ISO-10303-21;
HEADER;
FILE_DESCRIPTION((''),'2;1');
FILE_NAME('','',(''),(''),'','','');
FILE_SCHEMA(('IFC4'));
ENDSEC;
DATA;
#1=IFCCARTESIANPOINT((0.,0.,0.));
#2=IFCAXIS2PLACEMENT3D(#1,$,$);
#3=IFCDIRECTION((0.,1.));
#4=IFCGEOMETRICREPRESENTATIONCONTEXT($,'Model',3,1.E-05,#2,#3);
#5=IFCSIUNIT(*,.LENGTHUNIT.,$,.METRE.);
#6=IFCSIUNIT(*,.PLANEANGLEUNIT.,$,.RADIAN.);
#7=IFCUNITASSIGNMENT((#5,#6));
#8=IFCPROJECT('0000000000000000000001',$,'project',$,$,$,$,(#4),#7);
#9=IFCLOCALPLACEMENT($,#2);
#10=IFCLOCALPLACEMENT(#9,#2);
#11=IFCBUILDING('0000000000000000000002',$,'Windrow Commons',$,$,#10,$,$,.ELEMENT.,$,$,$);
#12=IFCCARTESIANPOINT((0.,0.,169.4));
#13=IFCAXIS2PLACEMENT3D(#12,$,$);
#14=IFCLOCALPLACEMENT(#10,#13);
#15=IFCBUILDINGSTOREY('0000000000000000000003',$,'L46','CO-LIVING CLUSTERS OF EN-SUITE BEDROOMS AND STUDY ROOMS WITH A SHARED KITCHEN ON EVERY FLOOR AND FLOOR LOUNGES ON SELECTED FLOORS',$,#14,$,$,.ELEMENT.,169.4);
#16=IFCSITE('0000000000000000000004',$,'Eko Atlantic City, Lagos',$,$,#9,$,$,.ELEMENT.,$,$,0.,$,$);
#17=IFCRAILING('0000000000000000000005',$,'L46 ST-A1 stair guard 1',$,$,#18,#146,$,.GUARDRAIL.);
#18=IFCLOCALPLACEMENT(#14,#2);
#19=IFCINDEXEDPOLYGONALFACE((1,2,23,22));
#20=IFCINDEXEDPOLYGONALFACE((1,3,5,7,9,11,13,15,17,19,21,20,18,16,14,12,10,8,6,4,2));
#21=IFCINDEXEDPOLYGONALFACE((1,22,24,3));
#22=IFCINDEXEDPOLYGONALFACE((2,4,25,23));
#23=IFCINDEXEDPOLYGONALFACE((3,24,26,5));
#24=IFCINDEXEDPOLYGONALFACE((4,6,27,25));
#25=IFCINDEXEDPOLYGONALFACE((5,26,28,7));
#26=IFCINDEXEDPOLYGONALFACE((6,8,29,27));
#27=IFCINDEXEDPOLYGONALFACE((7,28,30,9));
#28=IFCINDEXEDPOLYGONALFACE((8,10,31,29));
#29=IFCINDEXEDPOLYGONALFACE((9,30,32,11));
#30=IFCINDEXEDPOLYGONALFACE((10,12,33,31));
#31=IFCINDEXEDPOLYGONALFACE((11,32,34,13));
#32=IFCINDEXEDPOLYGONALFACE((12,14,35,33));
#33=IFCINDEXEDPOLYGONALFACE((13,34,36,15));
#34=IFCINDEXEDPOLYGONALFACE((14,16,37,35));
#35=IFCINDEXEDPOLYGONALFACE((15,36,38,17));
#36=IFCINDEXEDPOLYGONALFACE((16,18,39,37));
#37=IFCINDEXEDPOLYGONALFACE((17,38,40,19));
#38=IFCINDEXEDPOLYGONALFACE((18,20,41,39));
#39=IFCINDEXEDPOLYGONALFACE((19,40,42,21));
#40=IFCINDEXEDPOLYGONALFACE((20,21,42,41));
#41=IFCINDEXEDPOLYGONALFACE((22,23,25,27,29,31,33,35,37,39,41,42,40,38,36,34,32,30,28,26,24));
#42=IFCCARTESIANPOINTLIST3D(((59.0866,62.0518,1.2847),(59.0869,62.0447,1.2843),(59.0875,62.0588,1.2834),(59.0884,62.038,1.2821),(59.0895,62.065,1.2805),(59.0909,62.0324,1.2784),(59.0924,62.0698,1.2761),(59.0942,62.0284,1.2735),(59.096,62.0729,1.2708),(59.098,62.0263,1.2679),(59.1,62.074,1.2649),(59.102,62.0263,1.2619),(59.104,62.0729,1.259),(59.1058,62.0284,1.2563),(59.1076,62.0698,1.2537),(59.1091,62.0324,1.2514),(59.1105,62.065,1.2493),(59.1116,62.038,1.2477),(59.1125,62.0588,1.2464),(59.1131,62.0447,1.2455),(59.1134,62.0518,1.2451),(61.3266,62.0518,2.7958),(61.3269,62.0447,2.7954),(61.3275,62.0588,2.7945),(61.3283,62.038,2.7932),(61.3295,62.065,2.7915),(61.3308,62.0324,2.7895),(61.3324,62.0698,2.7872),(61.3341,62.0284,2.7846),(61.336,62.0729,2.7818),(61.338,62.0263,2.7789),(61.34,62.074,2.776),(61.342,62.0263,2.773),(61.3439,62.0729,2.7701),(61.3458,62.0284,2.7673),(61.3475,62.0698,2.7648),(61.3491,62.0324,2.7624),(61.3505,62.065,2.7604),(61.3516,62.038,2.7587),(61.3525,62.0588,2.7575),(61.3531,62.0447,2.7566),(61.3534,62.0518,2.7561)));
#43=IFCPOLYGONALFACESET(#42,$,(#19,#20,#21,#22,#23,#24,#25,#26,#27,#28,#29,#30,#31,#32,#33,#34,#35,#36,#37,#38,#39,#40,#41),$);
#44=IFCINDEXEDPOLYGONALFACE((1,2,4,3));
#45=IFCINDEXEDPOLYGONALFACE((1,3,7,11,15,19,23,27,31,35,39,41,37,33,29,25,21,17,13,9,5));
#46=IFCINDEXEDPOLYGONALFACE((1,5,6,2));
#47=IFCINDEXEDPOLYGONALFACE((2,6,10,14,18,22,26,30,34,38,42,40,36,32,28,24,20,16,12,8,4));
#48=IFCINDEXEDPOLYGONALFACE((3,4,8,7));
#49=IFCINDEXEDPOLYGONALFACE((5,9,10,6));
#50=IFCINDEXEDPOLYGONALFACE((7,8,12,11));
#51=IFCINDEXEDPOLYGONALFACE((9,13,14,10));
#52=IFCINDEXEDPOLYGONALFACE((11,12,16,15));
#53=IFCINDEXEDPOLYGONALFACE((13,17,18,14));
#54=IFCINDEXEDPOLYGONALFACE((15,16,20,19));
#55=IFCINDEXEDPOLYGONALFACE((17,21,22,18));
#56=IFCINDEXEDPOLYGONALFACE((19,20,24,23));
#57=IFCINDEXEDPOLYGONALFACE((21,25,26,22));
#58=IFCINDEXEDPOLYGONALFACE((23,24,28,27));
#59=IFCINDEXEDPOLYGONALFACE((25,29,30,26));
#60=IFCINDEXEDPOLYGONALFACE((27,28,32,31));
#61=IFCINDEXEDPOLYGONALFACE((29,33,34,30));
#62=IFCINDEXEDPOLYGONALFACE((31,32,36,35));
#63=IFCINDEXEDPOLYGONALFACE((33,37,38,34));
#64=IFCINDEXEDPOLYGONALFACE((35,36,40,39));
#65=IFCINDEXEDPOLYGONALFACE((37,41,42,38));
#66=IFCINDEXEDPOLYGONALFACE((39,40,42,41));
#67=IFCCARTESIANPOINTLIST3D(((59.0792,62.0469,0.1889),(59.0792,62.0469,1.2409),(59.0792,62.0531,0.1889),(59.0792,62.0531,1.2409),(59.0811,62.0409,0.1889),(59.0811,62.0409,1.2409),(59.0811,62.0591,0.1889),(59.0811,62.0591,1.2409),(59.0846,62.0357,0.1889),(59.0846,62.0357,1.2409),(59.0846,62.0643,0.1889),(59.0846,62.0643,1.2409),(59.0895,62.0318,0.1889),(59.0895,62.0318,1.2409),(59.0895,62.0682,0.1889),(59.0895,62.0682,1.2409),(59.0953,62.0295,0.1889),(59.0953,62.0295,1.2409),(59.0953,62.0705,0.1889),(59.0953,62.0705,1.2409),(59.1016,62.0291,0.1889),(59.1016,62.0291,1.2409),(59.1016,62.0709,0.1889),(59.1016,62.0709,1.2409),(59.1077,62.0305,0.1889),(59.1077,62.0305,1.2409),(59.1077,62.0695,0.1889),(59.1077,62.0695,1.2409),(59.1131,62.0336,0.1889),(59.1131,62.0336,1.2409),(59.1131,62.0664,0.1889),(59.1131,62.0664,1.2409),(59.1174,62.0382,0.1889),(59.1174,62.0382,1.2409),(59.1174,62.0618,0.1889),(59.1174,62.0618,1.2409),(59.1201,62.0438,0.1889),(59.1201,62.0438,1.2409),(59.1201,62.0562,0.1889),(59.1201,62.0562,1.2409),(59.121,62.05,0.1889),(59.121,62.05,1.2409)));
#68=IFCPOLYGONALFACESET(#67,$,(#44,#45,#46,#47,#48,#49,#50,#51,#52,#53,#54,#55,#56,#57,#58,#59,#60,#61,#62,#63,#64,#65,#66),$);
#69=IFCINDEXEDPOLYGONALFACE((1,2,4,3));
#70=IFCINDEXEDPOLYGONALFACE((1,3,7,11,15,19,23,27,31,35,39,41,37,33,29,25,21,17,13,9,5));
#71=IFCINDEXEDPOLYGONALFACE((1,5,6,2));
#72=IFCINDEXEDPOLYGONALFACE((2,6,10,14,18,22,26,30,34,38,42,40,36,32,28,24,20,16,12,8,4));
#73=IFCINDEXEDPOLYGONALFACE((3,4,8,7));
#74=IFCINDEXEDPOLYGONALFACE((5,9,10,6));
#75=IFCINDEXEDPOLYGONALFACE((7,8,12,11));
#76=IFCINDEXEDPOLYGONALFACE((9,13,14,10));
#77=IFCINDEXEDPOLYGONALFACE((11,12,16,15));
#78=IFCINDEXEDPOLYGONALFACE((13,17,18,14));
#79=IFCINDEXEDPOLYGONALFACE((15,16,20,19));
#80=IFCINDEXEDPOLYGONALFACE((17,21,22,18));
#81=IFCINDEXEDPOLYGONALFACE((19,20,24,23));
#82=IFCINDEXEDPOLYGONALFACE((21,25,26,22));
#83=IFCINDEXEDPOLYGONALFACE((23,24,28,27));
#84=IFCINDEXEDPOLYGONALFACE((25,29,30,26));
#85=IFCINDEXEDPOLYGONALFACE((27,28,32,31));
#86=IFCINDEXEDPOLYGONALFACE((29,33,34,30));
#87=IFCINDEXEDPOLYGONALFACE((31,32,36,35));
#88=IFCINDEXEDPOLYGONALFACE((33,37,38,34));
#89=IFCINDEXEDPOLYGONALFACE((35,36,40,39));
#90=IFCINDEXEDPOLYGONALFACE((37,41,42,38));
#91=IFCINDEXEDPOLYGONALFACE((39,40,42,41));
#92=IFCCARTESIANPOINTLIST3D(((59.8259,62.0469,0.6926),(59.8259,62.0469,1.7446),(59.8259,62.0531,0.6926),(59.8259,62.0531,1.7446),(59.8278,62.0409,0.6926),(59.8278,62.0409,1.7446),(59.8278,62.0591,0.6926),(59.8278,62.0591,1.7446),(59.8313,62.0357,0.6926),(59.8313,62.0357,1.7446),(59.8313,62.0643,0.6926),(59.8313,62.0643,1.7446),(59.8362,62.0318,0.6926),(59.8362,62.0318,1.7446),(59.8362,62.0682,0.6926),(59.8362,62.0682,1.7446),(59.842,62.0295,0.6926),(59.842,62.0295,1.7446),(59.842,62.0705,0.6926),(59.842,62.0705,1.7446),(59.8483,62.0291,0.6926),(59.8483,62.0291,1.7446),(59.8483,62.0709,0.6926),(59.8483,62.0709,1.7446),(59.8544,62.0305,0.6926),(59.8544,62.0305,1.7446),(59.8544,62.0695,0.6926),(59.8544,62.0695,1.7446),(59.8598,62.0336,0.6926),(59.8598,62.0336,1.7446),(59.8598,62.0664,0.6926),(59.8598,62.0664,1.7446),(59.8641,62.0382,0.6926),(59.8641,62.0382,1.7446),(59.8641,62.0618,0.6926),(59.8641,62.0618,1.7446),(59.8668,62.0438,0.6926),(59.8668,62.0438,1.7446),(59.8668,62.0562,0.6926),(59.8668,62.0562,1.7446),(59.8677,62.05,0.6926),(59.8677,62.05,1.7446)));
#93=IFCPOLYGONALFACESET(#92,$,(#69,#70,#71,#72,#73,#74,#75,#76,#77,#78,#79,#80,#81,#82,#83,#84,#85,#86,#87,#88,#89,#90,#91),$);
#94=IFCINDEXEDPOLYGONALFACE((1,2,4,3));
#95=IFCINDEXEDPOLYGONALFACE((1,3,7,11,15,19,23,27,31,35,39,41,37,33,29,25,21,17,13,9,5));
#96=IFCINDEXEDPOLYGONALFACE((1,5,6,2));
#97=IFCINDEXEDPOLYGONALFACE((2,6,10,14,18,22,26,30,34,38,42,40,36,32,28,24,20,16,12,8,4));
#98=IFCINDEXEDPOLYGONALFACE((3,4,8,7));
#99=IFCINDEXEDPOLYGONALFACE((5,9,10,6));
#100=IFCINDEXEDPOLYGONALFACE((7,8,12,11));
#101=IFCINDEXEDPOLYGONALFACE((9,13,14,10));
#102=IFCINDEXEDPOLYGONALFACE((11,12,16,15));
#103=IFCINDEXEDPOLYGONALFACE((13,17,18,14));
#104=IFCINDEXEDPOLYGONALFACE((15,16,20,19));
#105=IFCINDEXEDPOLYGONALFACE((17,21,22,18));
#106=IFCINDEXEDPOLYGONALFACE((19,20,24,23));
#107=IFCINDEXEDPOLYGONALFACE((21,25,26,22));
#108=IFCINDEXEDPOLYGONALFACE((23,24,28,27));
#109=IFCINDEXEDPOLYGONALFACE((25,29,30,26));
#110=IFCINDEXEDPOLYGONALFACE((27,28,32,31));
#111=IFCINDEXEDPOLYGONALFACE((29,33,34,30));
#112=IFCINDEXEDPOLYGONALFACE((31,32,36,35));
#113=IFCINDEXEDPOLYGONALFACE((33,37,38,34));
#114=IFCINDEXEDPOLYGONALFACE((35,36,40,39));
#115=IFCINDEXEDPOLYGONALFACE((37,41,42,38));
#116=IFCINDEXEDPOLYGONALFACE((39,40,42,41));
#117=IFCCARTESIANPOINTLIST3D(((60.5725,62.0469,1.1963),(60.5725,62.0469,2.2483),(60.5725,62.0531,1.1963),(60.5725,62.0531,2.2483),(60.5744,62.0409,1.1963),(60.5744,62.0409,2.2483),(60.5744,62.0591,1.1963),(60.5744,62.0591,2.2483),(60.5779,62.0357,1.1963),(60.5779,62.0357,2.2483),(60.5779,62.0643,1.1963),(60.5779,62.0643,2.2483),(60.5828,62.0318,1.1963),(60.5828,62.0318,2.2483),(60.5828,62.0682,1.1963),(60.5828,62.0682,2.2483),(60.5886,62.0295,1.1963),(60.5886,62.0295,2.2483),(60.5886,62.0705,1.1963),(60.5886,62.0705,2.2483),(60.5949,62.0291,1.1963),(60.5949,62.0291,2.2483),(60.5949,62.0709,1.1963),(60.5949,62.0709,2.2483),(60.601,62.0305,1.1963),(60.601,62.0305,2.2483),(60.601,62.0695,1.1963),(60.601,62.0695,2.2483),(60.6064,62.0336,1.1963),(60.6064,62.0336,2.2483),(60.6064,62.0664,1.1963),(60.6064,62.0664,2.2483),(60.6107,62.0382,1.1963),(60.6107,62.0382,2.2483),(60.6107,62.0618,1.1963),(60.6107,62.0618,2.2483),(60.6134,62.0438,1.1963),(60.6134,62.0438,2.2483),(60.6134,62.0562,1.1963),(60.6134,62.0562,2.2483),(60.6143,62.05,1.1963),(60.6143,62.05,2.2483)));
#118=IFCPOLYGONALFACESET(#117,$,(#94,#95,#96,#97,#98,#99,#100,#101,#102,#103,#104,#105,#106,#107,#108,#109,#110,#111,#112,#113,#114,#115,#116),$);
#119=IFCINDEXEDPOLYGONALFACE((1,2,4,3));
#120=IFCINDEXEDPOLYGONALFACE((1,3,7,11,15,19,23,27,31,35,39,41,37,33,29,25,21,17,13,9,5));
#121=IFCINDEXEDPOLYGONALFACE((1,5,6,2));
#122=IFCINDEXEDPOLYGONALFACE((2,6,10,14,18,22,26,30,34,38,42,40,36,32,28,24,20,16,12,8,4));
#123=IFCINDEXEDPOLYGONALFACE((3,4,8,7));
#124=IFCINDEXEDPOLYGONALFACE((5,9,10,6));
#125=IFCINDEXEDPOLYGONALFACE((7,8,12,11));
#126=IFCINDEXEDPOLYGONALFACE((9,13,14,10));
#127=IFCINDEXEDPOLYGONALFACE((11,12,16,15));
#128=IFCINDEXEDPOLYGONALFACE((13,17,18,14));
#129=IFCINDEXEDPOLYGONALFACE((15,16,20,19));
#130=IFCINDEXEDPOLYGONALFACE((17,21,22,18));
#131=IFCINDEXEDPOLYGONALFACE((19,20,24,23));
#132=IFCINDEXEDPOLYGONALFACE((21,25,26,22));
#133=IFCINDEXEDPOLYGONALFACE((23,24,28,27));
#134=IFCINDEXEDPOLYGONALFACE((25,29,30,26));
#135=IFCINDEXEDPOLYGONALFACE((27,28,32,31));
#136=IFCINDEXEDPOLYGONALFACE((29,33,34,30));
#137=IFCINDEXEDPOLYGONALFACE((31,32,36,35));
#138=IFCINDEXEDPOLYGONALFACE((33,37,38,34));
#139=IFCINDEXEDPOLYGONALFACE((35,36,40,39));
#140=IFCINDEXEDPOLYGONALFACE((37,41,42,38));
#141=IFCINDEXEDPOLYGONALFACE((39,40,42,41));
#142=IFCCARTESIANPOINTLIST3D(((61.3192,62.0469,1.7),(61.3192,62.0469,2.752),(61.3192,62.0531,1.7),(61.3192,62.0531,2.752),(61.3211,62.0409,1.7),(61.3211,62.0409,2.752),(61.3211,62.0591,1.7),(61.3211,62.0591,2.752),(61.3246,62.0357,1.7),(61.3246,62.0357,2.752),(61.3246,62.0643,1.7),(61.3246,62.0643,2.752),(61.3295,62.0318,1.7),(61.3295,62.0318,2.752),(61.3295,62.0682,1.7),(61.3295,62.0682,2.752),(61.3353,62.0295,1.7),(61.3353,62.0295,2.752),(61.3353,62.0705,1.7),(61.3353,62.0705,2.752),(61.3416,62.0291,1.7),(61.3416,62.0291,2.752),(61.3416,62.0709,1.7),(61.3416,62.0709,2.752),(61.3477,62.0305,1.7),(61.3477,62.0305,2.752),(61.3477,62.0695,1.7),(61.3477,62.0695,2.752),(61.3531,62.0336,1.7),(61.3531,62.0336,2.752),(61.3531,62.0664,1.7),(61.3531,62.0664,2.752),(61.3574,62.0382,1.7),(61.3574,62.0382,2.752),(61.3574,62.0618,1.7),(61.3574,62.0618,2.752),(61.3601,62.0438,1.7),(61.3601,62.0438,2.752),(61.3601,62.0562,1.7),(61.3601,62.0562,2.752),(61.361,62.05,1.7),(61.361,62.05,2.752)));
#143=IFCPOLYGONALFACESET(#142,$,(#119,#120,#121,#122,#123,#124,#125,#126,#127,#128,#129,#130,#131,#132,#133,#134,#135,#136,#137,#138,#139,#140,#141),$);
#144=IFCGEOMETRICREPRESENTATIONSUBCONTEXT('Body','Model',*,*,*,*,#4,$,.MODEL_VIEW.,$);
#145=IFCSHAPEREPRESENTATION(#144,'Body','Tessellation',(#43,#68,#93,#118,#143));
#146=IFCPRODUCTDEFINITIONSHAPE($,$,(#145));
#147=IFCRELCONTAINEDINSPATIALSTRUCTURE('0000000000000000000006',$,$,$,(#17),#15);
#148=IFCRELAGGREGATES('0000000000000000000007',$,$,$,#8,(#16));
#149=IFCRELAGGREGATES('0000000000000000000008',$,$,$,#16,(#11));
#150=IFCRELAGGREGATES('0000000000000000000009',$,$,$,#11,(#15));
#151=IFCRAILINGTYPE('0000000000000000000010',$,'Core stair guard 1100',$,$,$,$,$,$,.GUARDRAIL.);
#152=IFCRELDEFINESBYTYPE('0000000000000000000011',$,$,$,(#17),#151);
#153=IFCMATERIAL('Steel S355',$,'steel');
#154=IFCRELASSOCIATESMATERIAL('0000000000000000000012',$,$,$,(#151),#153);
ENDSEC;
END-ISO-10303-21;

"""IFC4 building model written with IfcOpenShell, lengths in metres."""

from ifc_helpers import new_model, si_unit, direction, frame, origin, origin_2d, place, context, subcontext, project, spatial, circle, extrude, material, type_object, element, save


model = new_model("IFC4")

# Units and contexts
model_context = context("Model", 3, precision=1e-05, world=origin(), true_north=direction((0.0, 1.0)))
body_context = subcontext(model_context, "Body", "Model", "MODEL_VIEW")
ifc_project = project(units=[si_unit("LENGTHUNIT", "METRE"), si_unit("PLANEANGLEUNIT", "RADIAN")], contexts=[model_context])

# Site, building, storey
site_placement = place(None, origin())
site = spatial("IfcSite", under=ifc_project, at=site_placement, Name="Eko Atlantic City, Lagos", CompositionType="ELEMENT", RefElevation=0.0)
building_placement = place(site_placement, origin())
building = spatial("IfcBuilding", under=site, at=building_placement, Name="Windrow Commons", CompositionType="ELEMENT")
storey_placement = place(building_placement, frame((0.0, 0.0, 169.4)))
storey = spatial("IfcBuildingStorey", under=building, at=storey_placement, Name="L46", Description="CO-LIVING CLUSTERS OF EN-SUITE BEDROOMS AND STUDY ROOMS WITH A SHARED KITCHEN ON EVERY FLOOR AND FLOOR LOUNGES ON SELECTED FLOORS", CompositionType="ELEMENT", Elevation=169.4)

# Railing
ifc_material_1 = material(Name="Steel S355", Category="steel")
railing_type_1 = type_object("IfcRailingType", Name="Core stair guard 1100", PredefinedType="GUARDRAIL", material=ifc_material_1)
railing_1_placement = place(storey_placement, frame((59.1, 62.05, 0.1889)))
element("IfcRailing", 1, at=railing_1_placement, inside=storey, type_object=railing_type_1, Name="L46 ST-A1 stair guard 1", PredefinedType="GUARDRAIL", context=body_context, shape_type="SweptSolid", body=[
    extrude(circle(Radius=0.024, at=origin_2d()), frame((0.0, 0.0, 1.076), z_axis=(0.829003, 0.0, 0.559244), x_axis=(0.0, 1.0, 0.0)), (0.0, 0.0, 1.0), 2.702),
    extrude(circle(Radius=0.021, at=origin_2d()), origin(), (0.0, 0.0, 1.0), 1.052),
    extrude(circle(Radius=0.021, at=origin_2d()), frame((0.7467, 0.0, 0.5037)), (0.0, 0.0, 1.0), 1.052),
    extrude(circle(Radius=0.021, at=origin_2d()), frame((1.4933, 0.0, 1.0074)), (0.0, 0.0, 1.0), 1.052),
    extrude(circle(Radius=0.021, at=origin_2d()), frame((2.24, 0.0, 1.5111)), (0.0, 0.0, 1.0), 1.052),
])

save(model, "model.ifc")
